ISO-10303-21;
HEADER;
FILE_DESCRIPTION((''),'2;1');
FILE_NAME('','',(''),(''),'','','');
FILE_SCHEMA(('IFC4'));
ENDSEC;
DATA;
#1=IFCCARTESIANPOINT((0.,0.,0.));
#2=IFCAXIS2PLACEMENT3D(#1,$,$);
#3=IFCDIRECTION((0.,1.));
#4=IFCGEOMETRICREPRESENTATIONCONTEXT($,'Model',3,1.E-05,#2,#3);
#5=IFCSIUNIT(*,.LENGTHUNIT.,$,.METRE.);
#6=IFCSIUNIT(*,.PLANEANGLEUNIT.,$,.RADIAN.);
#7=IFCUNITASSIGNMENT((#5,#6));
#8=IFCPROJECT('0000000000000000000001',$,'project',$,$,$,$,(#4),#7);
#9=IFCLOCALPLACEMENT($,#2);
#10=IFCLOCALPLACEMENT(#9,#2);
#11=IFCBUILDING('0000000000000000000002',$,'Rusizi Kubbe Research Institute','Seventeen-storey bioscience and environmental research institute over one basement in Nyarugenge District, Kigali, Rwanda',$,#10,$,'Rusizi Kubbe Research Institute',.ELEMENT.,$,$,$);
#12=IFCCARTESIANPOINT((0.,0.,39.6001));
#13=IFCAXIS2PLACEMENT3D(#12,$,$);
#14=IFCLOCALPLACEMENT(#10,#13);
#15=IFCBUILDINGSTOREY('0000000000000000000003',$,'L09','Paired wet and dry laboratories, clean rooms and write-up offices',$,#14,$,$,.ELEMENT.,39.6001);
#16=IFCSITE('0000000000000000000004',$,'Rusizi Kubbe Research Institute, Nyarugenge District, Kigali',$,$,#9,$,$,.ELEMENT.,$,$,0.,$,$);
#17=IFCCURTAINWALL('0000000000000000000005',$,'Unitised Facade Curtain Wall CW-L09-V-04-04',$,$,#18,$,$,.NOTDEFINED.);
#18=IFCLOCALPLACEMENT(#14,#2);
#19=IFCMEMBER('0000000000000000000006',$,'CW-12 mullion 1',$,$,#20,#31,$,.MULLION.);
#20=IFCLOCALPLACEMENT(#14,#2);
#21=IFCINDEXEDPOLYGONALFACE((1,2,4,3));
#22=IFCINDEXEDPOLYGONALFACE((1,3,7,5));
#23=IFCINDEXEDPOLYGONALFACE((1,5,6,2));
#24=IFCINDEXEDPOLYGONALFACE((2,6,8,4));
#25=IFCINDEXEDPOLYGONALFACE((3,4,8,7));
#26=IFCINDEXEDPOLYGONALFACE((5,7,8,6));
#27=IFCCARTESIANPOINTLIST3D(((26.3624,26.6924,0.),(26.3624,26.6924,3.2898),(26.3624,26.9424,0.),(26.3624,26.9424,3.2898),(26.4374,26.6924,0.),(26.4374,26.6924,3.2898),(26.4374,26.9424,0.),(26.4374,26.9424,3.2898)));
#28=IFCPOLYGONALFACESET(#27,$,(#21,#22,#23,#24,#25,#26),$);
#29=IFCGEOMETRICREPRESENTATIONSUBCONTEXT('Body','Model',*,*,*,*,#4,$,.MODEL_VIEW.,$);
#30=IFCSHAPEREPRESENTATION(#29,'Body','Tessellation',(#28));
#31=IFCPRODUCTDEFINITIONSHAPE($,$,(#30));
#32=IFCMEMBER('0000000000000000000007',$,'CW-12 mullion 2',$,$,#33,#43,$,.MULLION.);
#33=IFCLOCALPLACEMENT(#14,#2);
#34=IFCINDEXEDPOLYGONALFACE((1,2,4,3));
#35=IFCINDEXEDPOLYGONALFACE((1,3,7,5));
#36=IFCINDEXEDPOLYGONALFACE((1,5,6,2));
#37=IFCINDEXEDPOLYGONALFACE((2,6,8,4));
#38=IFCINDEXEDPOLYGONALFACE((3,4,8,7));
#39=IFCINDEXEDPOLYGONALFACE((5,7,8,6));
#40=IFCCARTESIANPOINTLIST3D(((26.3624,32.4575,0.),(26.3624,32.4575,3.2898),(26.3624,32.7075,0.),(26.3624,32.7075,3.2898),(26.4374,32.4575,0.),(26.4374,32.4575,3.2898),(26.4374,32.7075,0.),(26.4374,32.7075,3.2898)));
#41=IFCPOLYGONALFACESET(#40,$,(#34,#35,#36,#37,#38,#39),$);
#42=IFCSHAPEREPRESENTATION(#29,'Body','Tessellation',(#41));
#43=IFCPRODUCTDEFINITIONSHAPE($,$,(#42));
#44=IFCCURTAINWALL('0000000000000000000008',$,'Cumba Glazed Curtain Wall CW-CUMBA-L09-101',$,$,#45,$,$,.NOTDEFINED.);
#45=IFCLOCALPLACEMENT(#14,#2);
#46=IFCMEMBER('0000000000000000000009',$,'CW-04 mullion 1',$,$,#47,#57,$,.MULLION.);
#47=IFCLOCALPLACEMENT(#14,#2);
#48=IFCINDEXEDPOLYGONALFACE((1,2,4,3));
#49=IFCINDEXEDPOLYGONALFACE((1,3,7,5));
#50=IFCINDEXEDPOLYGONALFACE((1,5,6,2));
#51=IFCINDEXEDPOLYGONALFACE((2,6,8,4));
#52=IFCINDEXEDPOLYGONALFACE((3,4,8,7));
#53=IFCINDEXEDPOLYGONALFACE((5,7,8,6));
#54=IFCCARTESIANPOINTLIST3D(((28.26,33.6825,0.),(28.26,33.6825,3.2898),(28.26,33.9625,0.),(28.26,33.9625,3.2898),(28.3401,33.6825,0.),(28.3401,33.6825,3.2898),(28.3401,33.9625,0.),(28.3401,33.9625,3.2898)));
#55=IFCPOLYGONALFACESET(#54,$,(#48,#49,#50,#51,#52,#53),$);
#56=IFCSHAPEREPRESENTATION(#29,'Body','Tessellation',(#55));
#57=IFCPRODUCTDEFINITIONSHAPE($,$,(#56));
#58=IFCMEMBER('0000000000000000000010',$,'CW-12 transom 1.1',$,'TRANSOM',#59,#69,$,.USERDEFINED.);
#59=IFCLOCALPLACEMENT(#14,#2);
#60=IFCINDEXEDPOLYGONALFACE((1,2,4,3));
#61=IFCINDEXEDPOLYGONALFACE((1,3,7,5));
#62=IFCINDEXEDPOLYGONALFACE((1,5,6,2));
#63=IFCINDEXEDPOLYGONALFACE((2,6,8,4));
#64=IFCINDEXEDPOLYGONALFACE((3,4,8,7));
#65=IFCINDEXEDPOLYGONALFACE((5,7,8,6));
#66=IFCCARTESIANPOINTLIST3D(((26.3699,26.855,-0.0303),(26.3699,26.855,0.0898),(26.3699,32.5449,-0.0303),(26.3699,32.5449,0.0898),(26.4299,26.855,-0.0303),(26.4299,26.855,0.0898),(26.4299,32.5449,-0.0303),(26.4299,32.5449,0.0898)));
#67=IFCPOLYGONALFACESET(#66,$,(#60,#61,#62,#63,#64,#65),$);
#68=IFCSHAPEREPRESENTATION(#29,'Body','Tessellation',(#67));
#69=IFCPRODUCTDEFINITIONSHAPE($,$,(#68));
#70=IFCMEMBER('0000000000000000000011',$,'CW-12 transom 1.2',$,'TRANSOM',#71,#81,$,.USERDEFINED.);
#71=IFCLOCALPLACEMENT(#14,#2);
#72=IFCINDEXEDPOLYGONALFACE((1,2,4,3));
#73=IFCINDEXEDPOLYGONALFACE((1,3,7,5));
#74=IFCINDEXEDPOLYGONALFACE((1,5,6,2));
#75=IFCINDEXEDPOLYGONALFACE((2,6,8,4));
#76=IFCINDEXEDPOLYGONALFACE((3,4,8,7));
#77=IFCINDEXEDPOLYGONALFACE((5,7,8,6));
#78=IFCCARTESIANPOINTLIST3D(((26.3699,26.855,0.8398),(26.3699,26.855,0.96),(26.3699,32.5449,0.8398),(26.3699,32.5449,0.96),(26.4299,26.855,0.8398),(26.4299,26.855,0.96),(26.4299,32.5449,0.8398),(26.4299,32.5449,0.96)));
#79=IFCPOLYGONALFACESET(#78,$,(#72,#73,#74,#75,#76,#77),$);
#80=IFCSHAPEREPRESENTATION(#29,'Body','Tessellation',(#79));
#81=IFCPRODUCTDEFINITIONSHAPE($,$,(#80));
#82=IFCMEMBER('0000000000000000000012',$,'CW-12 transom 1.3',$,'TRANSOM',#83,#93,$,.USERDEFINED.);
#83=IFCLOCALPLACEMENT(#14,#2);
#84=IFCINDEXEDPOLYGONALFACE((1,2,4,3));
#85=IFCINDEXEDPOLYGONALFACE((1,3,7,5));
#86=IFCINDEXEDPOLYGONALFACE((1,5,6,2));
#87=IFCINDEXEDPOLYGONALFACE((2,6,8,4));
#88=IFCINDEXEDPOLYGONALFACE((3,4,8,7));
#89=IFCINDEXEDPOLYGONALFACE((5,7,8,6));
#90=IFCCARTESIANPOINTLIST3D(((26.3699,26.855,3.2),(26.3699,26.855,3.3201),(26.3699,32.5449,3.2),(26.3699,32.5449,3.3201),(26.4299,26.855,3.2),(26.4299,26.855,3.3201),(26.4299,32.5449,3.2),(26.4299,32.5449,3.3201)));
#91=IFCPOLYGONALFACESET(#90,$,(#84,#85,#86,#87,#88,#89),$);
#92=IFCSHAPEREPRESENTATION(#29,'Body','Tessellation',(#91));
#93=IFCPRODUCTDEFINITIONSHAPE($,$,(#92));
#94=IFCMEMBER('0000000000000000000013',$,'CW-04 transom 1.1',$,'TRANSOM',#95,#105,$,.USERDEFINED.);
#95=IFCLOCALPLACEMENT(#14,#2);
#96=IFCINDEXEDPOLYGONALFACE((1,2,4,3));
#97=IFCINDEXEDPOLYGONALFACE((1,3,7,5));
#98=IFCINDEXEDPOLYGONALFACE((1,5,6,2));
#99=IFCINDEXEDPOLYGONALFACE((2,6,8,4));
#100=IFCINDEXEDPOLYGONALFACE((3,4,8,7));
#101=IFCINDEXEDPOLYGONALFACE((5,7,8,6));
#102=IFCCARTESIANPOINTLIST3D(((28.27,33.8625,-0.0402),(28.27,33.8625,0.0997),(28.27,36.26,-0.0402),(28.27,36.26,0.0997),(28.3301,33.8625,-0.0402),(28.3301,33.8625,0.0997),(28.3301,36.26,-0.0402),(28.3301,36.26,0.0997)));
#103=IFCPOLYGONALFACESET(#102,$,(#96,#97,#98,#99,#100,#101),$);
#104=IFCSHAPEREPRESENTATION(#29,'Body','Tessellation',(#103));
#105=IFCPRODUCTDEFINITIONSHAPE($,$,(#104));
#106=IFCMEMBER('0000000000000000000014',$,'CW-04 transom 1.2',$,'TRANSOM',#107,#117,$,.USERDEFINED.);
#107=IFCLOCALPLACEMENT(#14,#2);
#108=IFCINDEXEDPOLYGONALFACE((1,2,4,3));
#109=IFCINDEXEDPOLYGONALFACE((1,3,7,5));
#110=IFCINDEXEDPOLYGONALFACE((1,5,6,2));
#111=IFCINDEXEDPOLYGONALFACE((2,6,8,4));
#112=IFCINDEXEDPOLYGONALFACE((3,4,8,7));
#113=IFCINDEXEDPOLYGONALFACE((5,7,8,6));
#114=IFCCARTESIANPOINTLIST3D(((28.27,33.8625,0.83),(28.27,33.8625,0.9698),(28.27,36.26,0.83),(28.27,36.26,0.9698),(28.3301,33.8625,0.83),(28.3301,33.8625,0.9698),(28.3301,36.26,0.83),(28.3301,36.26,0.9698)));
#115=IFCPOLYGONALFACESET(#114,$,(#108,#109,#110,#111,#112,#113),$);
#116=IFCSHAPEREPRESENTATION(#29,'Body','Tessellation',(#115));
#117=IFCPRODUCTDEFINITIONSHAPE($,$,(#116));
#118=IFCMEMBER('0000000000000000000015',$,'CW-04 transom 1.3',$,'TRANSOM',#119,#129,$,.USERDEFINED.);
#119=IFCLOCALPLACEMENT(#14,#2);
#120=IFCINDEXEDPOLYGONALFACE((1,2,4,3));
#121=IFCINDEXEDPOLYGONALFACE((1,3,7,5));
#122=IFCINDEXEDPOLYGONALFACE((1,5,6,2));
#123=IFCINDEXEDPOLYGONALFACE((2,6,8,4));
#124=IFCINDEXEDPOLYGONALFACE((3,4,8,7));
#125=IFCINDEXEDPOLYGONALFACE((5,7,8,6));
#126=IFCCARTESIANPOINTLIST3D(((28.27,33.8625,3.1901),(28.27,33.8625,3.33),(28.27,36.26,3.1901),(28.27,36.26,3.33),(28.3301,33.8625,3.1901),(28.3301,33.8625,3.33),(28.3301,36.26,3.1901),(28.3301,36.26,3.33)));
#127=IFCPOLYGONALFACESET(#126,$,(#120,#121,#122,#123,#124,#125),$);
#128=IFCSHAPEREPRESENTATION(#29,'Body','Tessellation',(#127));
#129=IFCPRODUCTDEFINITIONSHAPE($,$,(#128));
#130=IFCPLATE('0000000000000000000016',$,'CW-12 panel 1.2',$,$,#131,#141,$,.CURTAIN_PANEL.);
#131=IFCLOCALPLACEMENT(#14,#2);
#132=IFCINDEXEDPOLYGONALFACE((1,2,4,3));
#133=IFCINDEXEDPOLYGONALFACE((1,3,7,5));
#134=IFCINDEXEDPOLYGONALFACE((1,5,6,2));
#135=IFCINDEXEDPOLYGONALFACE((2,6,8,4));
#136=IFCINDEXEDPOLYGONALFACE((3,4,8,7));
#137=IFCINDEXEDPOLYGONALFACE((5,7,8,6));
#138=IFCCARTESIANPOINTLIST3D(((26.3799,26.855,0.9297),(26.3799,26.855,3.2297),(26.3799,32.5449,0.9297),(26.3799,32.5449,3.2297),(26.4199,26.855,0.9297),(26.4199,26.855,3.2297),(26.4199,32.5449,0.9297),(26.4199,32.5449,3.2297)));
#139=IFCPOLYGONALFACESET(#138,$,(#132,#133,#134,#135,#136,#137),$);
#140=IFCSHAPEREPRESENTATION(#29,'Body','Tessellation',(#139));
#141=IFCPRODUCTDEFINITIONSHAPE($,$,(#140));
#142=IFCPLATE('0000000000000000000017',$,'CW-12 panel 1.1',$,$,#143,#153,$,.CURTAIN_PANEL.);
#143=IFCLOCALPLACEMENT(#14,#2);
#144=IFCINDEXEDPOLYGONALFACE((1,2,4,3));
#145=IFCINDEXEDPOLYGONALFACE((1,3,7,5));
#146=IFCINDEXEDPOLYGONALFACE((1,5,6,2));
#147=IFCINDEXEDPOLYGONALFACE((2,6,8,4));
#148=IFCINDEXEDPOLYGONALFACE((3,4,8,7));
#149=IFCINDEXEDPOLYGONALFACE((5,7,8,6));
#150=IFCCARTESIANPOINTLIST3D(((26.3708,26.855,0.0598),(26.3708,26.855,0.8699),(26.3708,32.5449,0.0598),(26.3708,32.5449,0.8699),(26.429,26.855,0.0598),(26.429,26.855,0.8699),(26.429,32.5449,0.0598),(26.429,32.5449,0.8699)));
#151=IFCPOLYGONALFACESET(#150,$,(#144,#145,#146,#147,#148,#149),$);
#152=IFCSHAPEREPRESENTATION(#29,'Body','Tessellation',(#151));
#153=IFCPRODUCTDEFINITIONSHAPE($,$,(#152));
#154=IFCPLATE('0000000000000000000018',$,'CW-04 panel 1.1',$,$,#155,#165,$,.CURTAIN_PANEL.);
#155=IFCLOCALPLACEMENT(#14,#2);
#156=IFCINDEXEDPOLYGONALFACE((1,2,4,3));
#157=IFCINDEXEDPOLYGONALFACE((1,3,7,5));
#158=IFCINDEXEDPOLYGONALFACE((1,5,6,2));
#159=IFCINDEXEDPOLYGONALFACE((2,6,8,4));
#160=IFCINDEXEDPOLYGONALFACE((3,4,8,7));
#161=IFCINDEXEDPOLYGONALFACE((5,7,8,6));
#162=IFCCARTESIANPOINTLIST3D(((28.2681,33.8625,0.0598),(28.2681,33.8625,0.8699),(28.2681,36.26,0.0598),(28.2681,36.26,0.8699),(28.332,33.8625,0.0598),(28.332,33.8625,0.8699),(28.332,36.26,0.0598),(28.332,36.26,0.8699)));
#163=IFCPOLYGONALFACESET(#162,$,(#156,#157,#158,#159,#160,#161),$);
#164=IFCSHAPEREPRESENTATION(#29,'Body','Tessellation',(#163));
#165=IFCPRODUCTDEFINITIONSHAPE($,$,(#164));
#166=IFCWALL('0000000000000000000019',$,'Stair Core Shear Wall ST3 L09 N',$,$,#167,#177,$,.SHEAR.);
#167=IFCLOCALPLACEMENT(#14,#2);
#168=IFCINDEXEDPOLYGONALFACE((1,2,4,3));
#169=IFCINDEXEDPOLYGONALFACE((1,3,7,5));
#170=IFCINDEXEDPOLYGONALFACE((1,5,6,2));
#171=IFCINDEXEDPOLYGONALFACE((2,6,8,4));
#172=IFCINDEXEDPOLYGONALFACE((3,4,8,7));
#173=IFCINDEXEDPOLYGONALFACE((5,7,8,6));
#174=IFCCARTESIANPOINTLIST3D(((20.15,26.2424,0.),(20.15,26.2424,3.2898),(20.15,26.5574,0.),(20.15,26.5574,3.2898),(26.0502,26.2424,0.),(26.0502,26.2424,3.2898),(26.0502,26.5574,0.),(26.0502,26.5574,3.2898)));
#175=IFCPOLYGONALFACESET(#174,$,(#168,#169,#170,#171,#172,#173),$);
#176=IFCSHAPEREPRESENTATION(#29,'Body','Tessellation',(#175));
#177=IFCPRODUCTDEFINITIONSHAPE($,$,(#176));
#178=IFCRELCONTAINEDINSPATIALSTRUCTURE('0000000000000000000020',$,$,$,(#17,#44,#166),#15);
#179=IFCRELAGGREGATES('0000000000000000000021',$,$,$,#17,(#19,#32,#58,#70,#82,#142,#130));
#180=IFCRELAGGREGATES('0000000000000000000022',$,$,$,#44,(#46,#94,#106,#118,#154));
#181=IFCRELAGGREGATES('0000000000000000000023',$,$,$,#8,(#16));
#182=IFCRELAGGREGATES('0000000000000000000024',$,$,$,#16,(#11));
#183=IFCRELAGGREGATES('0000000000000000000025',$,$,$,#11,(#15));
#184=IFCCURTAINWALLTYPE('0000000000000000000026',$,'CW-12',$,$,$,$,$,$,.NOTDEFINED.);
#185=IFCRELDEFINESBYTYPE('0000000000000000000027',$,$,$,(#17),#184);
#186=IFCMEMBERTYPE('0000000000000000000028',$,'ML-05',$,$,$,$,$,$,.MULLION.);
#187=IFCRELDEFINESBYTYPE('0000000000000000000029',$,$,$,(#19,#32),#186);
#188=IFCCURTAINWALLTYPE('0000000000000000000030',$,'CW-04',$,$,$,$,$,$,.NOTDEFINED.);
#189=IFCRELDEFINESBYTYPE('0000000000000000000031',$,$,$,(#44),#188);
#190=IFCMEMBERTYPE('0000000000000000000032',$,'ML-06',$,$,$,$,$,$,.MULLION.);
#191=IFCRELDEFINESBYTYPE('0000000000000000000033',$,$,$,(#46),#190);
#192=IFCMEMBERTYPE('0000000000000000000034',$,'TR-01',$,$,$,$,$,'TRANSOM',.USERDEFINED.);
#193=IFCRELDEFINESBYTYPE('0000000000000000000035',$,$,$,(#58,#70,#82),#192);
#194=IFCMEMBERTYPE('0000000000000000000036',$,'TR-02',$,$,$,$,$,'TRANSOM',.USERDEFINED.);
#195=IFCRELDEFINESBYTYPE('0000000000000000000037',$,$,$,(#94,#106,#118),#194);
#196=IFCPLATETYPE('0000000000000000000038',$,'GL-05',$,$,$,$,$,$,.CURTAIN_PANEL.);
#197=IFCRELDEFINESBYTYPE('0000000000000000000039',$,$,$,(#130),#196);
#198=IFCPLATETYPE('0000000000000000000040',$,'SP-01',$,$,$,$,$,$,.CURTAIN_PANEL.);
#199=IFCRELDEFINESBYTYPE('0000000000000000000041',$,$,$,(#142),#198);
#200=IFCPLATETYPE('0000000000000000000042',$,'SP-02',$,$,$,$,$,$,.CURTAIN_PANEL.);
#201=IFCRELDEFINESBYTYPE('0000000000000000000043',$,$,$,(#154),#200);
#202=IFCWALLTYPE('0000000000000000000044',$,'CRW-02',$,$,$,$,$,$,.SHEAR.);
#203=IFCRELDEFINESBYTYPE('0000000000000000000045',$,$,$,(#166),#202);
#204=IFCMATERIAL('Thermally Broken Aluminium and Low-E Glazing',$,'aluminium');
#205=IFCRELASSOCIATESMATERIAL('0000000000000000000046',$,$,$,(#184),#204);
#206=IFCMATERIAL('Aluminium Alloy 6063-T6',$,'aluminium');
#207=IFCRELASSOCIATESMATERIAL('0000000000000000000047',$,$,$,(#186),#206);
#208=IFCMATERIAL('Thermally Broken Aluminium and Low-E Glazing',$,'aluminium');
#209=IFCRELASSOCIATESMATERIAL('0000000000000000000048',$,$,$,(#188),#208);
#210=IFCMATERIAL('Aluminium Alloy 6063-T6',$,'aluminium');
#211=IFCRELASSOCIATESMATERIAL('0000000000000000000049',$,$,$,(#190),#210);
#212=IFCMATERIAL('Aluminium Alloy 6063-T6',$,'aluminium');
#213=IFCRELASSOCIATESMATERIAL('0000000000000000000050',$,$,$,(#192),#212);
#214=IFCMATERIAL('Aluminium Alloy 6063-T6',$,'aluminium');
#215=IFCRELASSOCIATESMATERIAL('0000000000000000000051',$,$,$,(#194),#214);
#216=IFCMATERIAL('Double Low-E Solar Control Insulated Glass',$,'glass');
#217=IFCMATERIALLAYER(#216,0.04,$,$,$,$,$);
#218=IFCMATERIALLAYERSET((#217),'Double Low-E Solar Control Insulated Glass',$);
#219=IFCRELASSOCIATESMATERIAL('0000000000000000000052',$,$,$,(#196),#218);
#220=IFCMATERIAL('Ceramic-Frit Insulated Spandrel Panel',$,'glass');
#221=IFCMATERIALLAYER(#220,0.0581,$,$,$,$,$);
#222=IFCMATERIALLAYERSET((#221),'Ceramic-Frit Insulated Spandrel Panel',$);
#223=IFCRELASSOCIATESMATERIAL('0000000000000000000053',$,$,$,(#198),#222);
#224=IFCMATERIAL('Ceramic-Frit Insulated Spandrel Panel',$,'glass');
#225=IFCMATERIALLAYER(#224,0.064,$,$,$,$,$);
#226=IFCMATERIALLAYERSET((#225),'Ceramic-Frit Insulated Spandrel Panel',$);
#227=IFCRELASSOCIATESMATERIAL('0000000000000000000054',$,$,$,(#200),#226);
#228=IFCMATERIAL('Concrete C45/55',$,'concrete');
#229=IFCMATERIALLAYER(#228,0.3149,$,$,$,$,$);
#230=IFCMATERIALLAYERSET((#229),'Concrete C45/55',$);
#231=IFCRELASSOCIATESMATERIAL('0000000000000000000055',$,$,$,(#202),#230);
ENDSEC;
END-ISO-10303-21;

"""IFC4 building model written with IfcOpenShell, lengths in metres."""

from ifc_helpers import new_model, si_unit, direction, frame, frame_2d, origin, origin_2d, place, context, subcontext, project, spatial, rectangle, extrude, material, layer, layer_set, material_profile, profile_set, type_object, element, aggregate, save


model = new_model("IFC4")

# Units and contexts
model_context = context("Model", 3, precision=1e-05, world=origin(), true_north=direction((0.0, 1.0)))
body_context = subcontext(model_context, "Body", "Model", "MODEL_VIEW")
ifc_project = project(units=[si_unit("LENGTHUNIT", "METRE"), si_unit("PLANEANGLEUNIT", "RADIAN")], contexts=[model_context])

# Site, building, storey
site_placement = place(None, origin())
site = spatial("IfcSite", under=ifc_project, at=site_placement, Name="Rusizi Kubbe Research Institute, Nyarugenge District, Kigali", CompositionType="ELEMENT", RefElevation=0.0)
building_placement = place(site_placement, origin())
building = spatial("IfcBuilding", under=site, at=building_placement, Name="Rusizi Kubbe Research Institute", Description="Seventeen-storey bioscience and environmental research institute over one basement in Nyarugenge District, Kigali, Rwanda", LongName="Rusizi Kubbe Research Institute", CompositionType="ELEMENT")
storey_placement = place(building_placement, frame((0.0, 0.0, 39.6001)))
storey = spatial("IfcBuildingStorey", under=building, at=storey_placement, Name="L09", Description="Paired wet and dry laboratories, clean rooms and write-up offices", CompositionType="ELEMENT", Elevation=39.6001)

# Curtain wall, members
ifc_material_1 = material(Name="Thermally Broken Aluminium and Low-E Glazing", Category="aluminium")
curtain_wall_type_1 = type_object("IfcCurtainWallType", Name="CW-12", PredefinedType="NOTDEFINED", material=ifc_material_1)
curtain_wall_1_placement = place(storey_placement, origin())
curtain_wall_1 = element("IfcCurtainWall", 1, at=curtain_wall_1_placement, inside=storey, type_object=curtain_wall_type_1, Name="Unitised Facade Curtain Wall CW-L09-V-04-04", PredefinedType="NOTDEFINED")
ifc_material_2 = material(Name="Aluminium Alloy 6063-T6", Category="aluminium")
ifc_material_profile_1 = material_profile(ifc_material_2, rectangle(XDim=0.075, YDim=0.25, at=origin_2d()), Name="ALU-M 75x250")
ifc_profile_set_1 = profile_set([ifc_material_profile_1], Name="Aluminium Alloy 6063-T6")
member_type_1 = type_object("IfcMemberType", Name="ML-05", PredefinedType="MULLION", material=ifc_profile_set_1)
member_1_placement = place(storey_placement, frame((26.3999, 26.8174, 0.0), z_axis=(0.0, 0.0, 1.0), x_axis=(-1.0, 0.0, 0.0)))
member_1 = element("IfcMember", 2, at=member_1_placement, type_object=member_type_1, Name="CW-12 mullion 1", PredefinedType="MULLION", context=body_context, shape_type="SweptSolid", body=[
    extrude(rectangle(XDim=0.075, YDim=0.25, at=origin_2d()), origin(), (0.0, 0.0, 1.0), 3.2898),
])
member_2_placement = place(storey_placement, frame((26.3999, 32.5825, 0.0), z_axis=(0.0, 0.0, 1.0), x_axis=(-1.0, 0.0, 0.0)))
member_2 = element("IfcMember", 3, at=member_2_placement, type_object=member_type_1, Name="CW-12 mullion 2", PredefinedType="MULLION", context=body_context, shape_type="SweptSolid", body=[
    extrude(rectangle(XDim=0.075, YDim=0.25, at=origin_2d()), origin(), (0.0, 0.0, 1.0), 3.2898),
])

# Curtain wall, member
ifc_material_3 = material(Name="Thermally Broken Aluminium and Low-E Glazing", Category="aluminium")
curtain_wall_type_2 = type_object("IfcCurtainWallType", Name="CW-04", PredefinedType="NOTDEFINED", material=ifc_material_3)
curtain_wall_2_placement = place(storey_placement, origin())
curtain_wall_2 = element("IfcCurtainWall", 4, at=curtain_wall_2_placement, inside=storey, type_object=curtain_wall_type_2, Name="Cumba Glazed Curtain Wall CW-CUMBA-L09-101", PredefinedType="NOTDEFINED")
ifc_material_4 = material(Name="Aluminium Alloy 6063-T6", Category="aluminium")
ifc_material_profile_2 = material_profile(ifc_material_4, rectangle(XDim=0.0801, YDim=0.28, at=origin_2d()), Name="ALU-M 80x280")
ifc_profile_set_2 = profile_set([ifc_material_profile_2], Name="Aluminium Alloy 6063-T6")
member_type_2 = type_object("IfcMemberType", Name="ML-06", PredefinedType="MULLION", material=ifc_profile_set_2)
member_3_placement = place(storey_placement, frame((28.3, 33.8225, 0.0), z_axis=(0.0, 0.0, 1.0), x_axis=(-1.0, 0.0, 0.0)))
member_3 = element("IfcMember", 5, at=member_3_placement, type_object=member_type_2, Name="CW-04 mullion 1", PredefinedType="MULLION", context=body_context, shape_type="SweptSolid", body=[
    extrude(rectangle(XDim=0.0801, YDim=0.28, at=origin_2d()), origin(), (0.0, 0.0, 1.0), 3.2898),
])

# Members
ifc_material_5 = material(Name="Aluminium Alloy 6063-T6", Category="aluminium")
ifc_material_profile_3 = material_profile(ifc_material_5, rectangle(XDim=0.0601, YDim=0.1201, at=origin_2d()), Name="ALU-T 60x120")
ifc_profile_set_3 = profile_set([ifc_material_profile_3], Name="Aluminium Alloy 6063-T6")
member_type_3 = type_object("IfcMemberType", Name="TR-01", ElementType="TRANSOM", PredefinedType="USERDEFINED", material=ifc_profile_set_3)
member_4_placement = place(storey_placement, frame((26.3999, 26.855, 0.0298), z_axis=(0.0, 1.0, 0.0), x_axis=(-1.0, 0.0, 0.0)))
member_4 = element("IfcMember", 6, at=member_4_placement, type_object=member_type_3, Name="CW-12 transom 1.1", ObjectType="TRANSOM", PredefinedType="USERDEFINED", context=body_context, shape_type="SweptSolid", body=[
    extrude(rectangle(XDim=0.0601, YDim=0.1201, at=origin_2d()), origin(), (0.0, 0.0, 1.0), 5.6899),
])
member_5_placement = place(storey_placement, frame((26.3999, 26.855, 0.8999), z_axis=(0.0, 1.0, 0.0), x_axis=(-1.0, 0.0, 0.0)))
member_5 = element("IfcMember", 7, at=member_5_placement, type_object=member_type_3, Name="CW-12 transom 1.2", ObjectType="TRANSOM", PredefinedType="USERDEFINED", context=body_context, shape_type="SweptSolid", body=[
    extrude(rectangle(XDim=0.0601, YDim=0.1201, at=origin_2d()), origin(), (0.0, 0.0, 1.0), 5.6899),
])
member_6_placement = place(storey_placement, frame((26.3999, 26.855, 3.26), z_axis=(0.0, 1.0, 0.0), x_axis=(-1.0, 0.0, 0.0)))
member_6 = element("IfcMember", 8, at=member_6_placement, type_object=member_type_3, Name="CW-12 transom 1.3", ObjectType="TRANSOM", PredefinedType="USERDEFINED", context=body_context, shape_type="SweptSolid", body=[
    extrude(rectangle(XDim=0.0601, YDim=0.1201, at=origin_2d()), origin(), (0.0, 0.0, 1.0), 5.6899),
])
ifc_material_6 = material(Name="Aluminium Alloy 6063-T6", Category="aluminium")
ifc_material_profile_4 = material_profile(ifc_material_6, rectangle(XDim=0.0601, YDim=0.1399, at=origin_2d()), Name="ALU-T 60x140")
ifc_profile_set_4 = profile_set([ifc_material_profile_4], Name="Aluminium Alloy 6063-T6")
member_type_4 = type_object("IfcMemberType", Name="TR-02", ElementType="TRANSOM", PredefinedType="USERDEFINED", material=ifc_profile_set_4)
member_7_placement = place(storey_placement, frame((28.3, 33.8625, 0.0298), z_axis=(0.0, 1.0, 0.0), x_axis=(-1.0, 0.0, 0.0)))
member_7 = element("IfcMember", 9, at=member_7_placement, type_object=member_type_4, Name="CW-04 transom 1.1", ObjectType="TRANSOM", PredefinedType="USERDEFINED", context=body_context, shape_type="SweptSolid", body=[
    extrude(rectangle(XDim=0.0601, YDim=0.1399, at=origin_2d()), origin(), (0.0, 0.0, 1.0), 2.3975),
])
member_8_placement = place(storey_placement, frame((28.3, 33.8625, 0.8999), z_axis=(0.0, 1.0, 0.0), x_axis=(-1.0, 0.0, 0.0)))
member_8 = element("IfcMember", 10, at=member_8_placement, type_object=member_type_4, Name="CW-04 transom 1.2", ObjectType="TRANSOM", PredefinedType="USERDEFINED", context=body_context, shape_type="SweptSolid", body=[
    extrude(rectangle(XDim=0.0601, YDim=0.1399, at=origin_2d()), origin(), (0.0, 0.0, 1.0), 2.3975),
])
member_9_placement = place(storey_placement, frame((28.3, 33.8625, 3.26), z_axis=(0.0, 1.0, 0.0), x_axis=(-1.0, 0.0, 0.0)))
member_9 = element("IfcMember", 11, at=member_9_placement, type_object=member_type_4, Name="CW-04 transom 1.3", ObjectType="TRANSOM", PredefinedType="USERDEFINED", context=body_context, shape_type="SweptSolid", body=[
    extrude(rectangle(XDim=0.0601, YDim=0.1399, at=origin_2d()), origin(), (0.0, 0.0, 1.0), 2.3975),
])

# Plates
ifc_material_7 = material(Name="Double Low-E Solar Control Insulated Glass", Category="glass")
ifc_layer_1 = layer(ifc_material_7, 0.04)
ifc_layer_set_1 = layer_set([ifc_layer_1], Name="Double Low-E Solar Control Insulated Glass")
plate_type_1 = type_object("IfcPlateType", Name="GL-05", PredefinedType="CURTAIN_PANEL", material=ifc_layer_set_1)
plate_1_placement = place(storey_placement, frame((26.3999, 29.7, 0.9297), z_axis=(0.0, 0.0, 1.0), x_axis=(0.0, 1.0, 0.0)))
plate_1 = element("IfcPlate", 12, at=plate_1_placement, type_object=plate_type_1, Name="CW-12 panel 1.2", PredefinedType="CURTAIN_PANEL", context=body_context, shape_type="SweptSolid", body=[
    extrude(rectangle(XDim=5.6899, YDim=0.04, at=origin_2d()), origin(), (0.0, 0.0, 1.0), 2.3),
])
ifc_material_8 = material(Name="Ceramic-Frit Insulated Spandrel Panel", Category="glass")
ifc_layer_2 = layer(ifc_material_8, 0.0581)
ifc_layer_set_2 = layer_set([ifc_layer_2], Name="Ceramic-Frit Insulated Spandrel Panel")
plate_type_2 = type_object("IfcPlateType", Name="SP-01", PredefinedType="CURTAIN_PANEL", material=ifc_layer_set_2)
plate_2_placement = place(storey_placement, frame((26.3999, 29.7, 0.0598), z_axis=(0.0, 0.0, 1.0), x_axis=(0.0, 1.0, 0.0)))
plate_2 = element("IfcPlate", 13, at=plate_2_placement, type_object=plate_type_2, Name="CW-12 panel 1.1", PredefinedType="CURTAIN_PANEL", context=body_context, shape_type="SweptSolid", body=[
    extrude(rectangle(XDim=5.6899, YDim=0.0581, at=origin_2d()), origin(), (0.0, 0.0, 1.0), 0.8101),
])
aggregate(curtain_wall_1, [member_1, member_2, member_4, member_5, member_6, plate_2, plate_1])
ifc_material_9 = material(Name="Ceramic-Frit Insulated Spandrel Panel", Category="glass")
ifc_layer_3 = layer(ifc_material_9, 0.064)
ifc_layer_set_3 = layer_set([ifc_layer_3], Name="Ceramic-Frit Insulated Spandrel Panel")
plate_type_3 = type_object("IfcPlateType", Name="SP-02", PredefinedType="CURTAIN_PANEL", material=ifc_layer_set_3)
plate_3_placement = place(storey_placement, frame((28.3, 35.0613, 0.0598), z_axis=(0.0, 0.0, 1.0), x_axis=(0.0, 1.0, 0.0)))
plate_3 = element("IfcPlate", 14, at=plate_3_placement, type_object=plate_type_3, Name="CW-04 panel 1.1", PredefinedType="CURTAIN_PANEL", context=body_context, shape_type="SweptSolid", body=[
    extrude(rectangle(XDim=2.3975, YDim=0.064, at=origin_2d()), origin(), (0.0, 0.0, 1.0), 0.8101),
])
aggregate(curtain_wall_2, [member_3, member_7, member_8, member_9, plate_3])

# Wall
ifc_material_10 = material(Name="Concrete C45/55", Category="concrete")
ifc_layer_4 = layer(ifc_material_10, 0.3149)
ifc_layer_set_4 = layer_set([ifc_layer_4], Name="Concrete C45/55")
wall_type_1 = type_object("IfcWallType", Name="CRW-02", PredefinedType="SHEAR", material=ifc_layer_set_4)
wall_1_placement = place(storey_placement, frame((20.1499, 26.3999, 0.0), z_axis=(0.0, 0.0, 1.0), x_axis=(1.0, 0.0, 0.0)))
element("IfcWall", 15, at=wall_1_placement, inside=storey, type_object=wall_type_1, Name="Stair Core Shear Wall ST3 L09 N", PredefinedType="SHEAR", context=body_context, shape_type="SweptSolid", body=[
    extrude(rectangle(XDim=5.9001, YDim=0.3149, at=frame_2d((2.9502, 0.0))), origin(), (0.0, 0.0, 1.0), 3.2898),
])

save(model, "model.ifc")
